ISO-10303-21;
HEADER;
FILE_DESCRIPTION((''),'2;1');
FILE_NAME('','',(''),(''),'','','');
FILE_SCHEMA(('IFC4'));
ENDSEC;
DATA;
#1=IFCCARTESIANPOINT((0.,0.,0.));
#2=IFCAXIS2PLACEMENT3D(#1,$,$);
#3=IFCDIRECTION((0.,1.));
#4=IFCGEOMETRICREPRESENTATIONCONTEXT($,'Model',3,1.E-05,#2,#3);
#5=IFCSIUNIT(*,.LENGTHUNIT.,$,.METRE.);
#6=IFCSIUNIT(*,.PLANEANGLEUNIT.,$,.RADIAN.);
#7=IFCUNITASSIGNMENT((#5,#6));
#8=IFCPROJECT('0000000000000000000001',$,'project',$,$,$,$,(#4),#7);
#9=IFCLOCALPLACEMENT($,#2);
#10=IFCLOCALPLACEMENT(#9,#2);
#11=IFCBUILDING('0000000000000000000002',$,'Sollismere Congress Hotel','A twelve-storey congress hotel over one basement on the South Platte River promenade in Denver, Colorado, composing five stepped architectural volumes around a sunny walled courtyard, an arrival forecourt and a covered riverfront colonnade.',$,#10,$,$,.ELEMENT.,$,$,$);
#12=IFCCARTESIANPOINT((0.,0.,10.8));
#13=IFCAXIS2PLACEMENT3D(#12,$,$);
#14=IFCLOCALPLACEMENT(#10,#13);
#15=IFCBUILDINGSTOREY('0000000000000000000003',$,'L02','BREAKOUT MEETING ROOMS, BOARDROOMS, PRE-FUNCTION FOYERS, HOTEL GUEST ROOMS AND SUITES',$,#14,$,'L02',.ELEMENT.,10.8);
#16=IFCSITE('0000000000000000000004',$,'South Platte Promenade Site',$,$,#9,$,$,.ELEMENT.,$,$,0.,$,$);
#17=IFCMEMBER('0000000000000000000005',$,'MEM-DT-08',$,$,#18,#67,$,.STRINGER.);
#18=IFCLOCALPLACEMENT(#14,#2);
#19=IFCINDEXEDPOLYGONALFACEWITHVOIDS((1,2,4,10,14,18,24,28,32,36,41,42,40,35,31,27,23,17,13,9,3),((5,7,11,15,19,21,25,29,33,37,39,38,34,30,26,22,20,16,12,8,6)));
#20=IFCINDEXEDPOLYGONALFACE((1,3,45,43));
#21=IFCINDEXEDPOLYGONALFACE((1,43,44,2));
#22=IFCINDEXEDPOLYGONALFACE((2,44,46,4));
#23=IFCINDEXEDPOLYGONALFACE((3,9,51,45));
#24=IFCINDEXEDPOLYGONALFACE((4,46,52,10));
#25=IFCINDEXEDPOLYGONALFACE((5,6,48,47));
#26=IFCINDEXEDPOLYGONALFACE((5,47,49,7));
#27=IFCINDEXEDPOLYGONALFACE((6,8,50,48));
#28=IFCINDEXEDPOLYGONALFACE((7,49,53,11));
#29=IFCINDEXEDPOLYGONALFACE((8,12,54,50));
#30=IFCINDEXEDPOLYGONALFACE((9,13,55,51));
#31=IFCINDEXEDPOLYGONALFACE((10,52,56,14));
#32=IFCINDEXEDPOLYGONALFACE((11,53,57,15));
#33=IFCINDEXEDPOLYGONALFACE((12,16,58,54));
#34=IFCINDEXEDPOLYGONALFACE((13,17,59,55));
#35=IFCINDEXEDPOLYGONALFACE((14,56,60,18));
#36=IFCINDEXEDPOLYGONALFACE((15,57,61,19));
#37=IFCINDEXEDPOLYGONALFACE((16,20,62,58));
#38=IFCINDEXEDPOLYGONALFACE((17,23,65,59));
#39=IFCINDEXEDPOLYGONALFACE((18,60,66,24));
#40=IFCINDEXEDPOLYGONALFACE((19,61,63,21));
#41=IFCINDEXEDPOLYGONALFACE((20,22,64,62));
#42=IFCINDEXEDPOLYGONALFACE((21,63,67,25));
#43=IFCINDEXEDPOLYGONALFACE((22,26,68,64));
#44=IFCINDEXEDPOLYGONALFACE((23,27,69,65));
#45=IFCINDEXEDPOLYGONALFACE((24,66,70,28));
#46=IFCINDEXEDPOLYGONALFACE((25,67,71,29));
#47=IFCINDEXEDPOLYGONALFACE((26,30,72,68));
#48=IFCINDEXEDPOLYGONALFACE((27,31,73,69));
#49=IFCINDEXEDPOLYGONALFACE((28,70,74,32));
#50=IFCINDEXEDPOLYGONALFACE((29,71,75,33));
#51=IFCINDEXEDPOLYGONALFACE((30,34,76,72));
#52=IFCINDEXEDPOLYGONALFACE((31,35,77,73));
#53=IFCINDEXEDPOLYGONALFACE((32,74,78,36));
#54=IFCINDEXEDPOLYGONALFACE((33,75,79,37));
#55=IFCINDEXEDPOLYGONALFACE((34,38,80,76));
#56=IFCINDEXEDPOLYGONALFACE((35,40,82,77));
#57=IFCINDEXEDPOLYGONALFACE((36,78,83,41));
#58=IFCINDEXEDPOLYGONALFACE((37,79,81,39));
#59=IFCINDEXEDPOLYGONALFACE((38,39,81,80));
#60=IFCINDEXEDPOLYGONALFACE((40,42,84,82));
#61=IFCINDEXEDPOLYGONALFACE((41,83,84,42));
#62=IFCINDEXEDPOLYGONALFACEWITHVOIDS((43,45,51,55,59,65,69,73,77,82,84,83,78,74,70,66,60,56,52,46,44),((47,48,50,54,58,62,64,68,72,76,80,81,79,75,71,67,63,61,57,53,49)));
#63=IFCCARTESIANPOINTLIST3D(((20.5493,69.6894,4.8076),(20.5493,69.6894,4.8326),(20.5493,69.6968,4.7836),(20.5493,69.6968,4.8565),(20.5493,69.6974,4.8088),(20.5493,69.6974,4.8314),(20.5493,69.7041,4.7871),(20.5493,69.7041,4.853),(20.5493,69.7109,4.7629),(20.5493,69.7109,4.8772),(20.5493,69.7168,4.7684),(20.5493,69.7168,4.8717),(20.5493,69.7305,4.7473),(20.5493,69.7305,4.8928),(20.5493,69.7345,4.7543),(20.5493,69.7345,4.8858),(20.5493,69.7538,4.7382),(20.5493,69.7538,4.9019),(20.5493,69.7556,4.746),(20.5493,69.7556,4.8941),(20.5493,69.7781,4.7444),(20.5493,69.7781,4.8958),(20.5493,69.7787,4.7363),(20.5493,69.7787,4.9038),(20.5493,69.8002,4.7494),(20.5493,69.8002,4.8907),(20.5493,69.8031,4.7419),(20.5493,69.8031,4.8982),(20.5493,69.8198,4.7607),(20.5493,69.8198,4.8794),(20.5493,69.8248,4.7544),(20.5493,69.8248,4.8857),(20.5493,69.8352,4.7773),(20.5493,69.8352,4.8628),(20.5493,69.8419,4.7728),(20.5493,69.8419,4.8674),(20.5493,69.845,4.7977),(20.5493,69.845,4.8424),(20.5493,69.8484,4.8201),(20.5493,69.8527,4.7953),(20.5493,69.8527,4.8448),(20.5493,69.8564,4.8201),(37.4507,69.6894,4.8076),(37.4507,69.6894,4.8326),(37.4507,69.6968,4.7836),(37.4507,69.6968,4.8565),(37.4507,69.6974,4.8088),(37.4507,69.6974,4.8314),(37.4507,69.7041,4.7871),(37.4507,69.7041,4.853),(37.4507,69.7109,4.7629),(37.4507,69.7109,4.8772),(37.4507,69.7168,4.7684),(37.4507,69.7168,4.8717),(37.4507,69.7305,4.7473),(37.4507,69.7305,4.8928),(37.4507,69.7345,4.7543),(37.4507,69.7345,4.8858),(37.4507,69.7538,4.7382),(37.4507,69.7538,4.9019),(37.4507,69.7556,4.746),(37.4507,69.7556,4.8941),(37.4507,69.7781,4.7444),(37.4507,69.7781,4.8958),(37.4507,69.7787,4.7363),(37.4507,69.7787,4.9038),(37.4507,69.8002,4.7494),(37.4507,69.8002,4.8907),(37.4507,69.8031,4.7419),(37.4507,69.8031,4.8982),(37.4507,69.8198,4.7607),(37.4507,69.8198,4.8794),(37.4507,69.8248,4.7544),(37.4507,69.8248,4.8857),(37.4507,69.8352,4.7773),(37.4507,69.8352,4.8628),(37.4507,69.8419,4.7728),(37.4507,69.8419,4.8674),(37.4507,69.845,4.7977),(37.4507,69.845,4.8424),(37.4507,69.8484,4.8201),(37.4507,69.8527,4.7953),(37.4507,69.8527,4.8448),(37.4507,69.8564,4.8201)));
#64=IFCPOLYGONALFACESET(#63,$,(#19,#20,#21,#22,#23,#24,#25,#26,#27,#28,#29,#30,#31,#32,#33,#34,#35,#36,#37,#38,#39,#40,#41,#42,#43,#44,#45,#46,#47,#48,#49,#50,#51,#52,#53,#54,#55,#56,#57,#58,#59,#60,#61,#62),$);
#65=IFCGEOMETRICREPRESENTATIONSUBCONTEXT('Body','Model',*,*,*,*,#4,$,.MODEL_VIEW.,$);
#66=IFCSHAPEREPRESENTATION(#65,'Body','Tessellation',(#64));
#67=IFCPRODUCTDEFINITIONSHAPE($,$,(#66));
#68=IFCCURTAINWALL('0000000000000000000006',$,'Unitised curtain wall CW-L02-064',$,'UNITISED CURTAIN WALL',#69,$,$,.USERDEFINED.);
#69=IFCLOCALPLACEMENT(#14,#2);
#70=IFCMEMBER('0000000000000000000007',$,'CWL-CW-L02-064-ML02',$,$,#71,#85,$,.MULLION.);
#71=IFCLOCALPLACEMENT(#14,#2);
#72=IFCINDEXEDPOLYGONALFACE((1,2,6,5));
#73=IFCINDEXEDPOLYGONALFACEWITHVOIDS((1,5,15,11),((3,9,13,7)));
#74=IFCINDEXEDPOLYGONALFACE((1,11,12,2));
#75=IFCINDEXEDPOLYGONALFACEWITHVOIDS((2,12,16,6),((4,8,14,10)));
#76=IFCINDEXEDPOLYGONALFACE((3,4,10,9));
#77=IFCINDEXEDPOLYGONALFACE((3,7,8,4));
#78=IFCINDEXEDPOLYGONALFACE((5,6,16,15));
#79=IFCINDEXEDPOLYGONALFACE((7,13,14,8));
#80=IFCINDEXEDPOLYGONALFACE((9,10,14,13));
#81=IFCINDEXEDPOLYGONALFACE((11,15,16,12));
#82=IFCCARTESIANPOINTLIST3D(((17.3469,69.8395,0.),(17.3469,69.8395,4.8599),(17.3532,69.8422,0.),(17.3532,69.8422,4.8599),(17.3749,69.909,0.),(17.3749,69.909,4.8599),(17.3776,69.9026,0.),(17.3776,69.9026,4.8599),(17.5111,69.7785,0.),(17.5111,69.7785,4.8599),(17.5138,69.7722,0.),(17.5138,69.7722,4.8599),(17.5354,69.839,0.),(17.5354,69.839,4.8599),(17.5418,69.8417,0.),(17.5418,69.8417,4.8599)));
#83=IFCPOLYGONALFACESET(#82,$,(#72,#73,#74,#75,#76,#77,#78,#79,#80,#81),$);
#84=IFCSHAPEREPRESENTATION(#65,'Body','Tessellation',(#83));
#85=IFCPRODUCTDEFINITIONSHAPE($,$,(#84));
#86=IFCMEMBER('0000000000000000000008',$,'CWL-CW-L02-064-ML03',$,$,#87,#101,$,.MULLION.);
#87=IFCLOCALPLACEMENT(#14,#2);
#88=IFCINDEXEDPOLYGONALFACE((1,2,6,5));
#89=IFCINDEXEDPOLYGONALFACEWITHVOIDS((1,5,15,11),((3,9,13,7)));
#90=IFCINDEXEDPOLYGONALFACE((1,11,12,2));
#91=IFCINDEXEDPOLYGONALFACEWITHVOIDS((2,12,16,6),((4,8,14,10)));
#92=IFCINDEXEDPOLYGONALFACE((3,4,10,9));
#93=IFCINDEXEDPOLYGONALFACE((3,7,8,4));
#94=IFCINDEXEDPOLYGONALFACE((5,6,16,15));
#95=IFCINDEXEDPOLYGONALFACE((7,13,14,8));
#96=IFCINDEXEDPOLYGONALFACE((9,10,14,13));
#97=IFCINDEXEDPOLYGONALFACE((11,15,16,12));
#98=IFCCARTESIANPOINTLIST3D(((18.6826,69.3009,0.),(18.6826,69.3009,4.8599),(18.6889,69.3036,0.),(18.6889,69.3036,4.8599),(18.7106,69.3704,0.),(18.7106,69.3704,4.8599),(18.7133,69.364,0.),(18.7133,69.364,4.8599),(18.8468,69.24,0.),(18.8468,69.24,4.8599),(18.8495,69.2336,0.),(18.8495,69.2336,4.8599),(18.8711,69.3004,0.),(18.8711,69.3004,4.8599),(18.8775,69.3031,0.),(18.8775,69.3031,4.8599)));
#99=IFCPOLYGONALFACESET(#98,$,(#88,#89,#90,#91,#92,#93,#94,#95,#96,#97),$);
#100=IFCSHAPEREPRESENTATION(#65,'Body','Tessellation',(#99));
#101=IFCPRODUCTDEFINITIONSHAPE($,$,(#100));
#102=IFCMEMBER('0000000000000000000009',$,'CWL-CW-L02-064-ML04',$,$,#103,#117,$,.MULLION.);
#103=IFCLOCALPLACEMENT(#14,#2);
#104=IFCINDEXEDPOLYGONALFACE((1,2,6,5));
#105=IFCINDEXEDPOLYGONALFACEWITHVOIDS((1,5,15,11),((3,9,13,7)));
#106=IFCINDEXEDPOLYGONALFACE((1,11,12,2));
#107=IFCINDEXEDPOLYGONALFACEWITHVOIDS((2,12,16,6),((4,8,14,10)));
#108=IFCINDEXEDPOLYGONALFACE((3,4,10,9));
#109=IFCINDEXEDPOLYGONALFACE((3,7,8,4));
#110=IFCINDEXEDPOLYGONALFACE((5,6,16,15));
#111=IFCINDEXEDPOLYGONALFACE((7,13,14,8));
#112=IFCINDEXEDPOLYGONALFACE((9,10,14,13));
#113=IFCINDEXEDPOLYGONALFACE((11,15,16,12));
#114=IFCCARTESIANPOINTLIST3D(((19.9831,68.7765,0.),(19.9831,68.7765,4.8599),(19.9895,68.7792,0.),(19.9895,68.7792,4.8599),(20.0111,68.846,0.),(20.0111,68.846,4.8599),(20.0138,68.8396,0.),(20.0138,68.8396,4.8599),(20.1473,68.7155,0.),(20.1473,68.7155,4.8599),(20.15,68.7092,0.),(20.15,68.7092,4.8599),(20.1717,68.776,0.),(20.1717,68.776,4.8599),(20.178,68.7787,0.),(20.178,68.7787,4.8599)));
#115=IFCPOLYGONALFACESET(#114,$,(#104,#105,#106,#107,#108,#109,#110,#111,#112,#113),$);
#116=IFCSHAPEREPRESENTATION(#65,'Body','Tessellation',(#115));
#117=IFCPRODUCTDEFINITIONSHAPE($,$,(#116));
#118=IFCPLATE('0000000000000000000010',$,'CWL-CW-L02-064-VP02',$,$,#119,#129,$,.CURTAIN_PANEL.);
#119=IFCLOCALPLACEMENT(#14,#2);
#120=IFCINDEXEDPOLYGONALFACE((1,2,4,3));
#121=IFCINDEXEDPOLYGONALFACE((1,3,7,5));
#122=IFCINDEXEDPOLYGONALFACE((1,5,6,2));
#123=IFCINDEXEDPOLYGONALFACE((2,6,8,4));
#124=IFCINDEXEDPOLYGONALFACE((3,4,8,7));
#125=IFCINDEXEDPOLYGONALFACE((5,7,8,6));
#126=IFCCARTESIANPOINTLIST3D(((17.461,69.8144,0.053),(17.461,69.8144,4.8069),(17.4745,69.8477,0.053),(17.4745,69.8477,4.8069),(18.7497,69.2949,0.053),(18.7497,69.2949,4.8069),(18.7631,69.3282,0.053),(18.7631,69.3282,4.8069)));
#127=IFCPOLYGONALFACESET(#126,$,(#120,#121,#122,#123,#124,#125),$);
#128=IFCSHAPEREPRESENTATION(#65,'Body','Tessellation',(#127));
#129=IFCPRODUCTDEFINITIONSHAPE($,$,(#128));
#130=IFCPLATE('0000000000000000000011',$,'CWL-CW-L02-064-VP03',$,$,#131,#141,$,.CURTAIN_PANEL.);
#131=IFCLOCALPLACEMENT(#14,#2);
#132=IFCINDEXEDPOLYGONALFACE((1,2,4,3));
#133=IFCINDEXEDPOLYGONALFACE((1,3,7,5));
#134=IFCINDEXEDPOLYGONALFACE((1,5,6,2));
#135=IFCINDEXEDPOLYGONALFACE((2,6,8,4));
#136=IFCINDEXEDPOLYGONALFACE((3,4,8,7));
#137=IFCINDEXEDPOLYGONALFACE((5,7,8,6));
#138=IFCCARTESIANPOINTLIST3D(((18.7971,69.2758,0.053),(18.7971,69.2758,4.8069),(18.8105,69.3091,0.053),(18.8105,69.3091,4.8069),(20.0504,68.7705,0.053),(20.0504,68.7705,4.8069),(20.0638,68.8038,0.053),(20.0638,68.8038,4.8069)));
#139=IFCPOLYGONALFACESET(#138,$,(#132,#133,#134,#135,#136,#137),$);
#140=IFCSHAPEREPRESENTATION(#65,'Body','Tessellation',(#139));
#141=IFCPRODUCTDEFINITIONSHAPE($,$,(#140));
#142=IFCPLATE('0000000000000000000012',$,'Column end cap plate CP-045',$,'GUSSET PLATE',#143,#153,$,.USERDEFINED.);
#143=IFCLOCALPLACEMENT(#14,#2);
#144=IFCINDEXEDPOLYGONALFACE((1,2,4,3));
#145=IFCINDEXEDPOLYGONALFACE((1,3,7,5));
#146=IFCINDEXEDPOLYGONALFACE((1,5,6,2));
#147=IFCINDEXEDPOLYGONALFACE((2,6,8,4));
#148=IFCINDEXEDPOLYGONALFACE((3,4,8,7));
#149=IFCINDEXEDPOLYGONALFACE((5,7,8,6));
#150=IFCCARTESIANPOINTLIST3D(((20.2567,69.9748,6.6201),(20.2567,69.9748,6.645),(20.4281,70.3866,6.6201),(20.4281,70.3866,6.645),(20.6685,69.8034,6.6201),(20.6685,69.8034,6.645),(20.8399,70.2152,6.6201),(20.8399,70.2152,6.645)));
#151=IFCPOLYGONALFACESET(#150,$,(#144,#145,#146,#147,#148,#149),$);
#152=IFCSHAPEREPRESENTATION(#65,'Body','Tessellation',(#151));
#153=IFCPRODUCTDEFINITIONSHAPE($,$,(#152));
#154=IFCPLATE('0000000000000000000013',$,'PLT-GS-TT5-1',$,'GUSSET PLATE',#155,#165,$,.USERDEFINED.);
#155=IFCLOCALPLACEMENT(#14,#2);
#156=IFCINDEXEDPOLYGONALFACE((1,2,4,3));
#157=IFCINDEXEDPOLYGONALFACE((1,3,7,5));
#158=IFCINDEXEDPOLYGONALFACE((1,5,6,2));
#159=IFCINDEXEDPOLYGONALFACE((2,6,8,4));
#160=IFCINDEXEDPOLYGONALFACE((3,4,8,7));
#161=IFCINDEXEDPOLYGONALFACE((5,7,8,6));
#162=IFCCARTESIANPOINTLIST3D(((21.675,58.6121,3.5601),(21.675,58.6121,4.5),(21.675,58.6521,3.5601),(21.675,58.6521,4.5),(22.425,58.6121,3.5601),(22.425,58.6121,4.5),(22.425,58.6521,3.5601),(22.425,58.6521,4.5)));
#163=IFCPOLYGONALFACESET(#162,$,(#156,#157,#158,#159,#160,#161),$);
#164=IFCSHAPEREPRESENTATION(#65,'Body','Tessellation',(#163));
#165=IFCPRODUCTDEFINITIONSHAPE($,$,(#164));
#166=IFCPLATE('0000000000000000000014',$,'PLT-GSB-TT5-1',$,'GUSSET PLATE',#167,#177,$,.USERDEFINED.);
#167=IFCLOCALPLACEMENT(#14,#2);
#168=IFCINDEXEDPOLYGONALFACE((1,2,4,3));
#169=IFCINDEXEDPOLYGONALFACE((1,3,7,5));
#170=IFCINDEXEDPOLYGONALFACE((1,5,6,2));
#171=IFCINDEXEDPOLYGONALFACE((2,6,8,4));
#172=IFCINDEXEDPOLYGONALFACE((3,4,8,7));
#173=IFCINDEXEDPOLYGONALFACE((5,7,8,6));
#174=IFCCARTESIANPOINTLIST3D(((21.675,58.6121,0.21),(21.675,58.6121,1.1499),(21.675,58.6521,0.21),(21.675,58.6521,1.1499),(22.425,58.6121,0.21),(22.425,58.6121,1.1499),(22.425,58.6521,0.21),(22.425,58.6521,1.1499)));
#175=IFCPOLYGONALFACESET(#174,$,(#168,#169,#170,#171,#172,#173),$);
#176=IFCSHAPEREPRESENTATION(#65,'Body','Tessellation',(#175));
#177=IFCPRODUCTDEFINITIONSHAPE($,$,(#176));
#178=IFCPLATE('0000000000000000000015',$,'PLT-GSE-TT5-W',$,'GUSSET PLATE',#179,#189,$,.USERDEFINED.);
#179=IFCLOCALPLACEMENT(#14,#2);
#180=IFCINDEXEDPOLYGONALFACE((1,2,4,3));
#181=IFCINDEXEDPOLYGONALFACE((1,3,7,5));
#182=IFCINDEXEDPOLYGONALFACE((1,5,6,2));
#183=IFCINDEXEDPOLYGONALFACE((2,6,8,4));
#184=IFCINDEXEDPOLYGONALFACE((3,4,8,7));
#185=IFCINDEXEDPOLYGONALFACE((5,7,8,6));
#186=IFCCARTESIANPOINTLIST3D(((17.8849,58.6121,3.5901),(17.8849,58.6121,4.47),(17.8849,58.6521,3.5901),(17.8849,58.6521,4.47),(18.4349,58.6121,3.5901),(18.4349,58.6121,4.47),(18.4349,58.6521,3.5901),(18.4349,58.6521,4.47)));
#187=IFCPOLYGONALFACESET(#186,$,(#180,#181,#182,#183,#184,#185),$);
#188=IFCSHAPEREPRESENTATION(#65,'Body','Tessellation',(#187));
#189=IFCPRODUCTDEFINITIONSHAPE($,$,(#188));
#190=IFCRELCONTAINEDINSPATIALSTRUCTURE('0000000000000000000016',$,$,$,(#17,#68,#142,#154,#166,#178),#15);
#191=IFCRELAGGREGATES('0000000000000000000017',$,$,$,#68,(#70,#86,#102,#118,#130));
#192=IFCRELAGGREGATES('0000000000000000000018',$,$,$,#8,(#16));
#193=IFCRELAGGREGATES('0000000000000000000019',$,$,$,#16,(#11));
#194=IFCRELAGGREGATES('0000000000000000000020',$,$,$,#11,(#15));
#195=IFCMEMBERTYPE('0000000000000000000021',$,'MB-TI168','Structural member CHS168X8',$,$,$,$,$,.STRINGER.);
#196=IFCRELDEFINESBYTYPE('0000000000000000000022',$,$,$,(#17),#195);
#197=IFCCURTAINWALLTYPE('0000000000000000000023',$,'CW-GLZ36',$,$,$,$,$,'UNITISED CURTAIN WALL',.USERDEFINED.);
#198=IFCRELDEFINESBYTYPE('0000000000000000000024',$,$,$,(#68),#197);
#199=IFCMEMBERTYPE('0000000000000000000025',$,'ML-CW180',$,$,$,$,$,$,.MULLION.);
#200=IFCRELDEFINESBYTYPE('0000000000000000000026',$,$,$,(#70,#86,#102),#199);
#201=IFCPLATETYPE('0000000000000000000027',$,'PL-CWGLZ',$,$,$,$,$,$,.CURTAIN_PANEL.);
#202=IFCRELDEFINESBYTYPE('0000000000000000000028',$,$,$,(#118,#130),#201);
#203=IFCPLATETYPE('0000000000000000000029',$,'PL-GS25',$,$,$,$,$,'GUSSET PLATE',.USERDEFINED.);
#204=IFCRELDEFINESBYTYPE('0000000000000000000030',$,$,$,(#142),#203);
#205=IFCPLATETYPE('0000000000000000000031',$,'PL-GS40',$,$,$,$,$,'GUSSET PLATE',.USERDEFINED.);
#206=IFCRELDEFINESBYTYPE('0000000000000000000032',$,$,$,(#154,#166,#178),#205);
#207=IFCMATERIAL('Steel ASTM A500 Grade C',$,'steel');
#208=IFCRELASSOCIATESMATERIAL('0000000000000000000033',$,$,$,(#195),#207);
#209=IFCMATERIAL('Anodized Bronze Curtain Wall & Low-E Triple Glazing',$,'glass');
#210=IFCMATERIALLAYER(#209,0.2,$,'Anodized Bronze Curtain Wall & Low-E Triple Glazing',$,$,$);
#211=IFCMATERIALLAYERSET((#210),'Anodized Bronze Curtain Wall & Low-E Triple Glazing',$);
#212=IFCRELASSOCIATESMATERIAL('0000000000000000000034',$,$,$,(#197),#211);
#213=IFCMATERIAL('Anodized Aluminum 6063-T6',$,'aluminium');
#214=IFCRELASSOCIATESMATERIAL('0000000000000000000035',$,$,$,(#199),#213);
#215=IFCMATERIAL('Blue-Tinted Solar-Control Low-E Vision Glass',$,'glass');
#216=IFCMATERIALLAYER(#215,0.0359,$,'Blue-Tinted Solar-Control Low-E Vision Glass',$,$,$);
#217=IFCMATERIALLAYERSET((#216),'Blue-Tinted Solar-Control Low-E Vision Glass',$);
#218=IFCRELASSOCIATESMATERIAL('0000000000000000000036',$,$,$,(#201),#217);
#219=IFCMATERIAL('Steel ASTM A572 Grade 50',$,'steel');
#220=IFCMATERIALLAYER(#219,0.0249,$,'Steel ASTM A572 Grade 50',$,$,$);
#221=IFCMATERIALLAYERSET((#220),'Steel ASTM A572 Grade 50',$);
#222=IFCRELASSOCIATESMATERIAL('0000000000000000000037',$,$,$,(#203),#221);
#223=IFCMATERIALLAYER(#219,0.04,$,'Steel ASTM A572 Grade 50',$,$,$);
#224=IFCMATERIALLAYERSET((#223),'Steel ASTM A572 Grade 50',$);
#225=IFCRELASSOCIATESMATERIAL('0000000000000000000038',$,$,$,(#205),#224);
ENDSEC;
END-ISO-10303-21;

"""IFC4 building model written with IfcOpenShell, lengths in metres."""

from ifc_helpers import new_model, si_unit, direction, frame, origin, origin_2d, place, context, subcontext, project, spatial, rectangle, hollow_rectangle, hollow_circle, extrude, material, layer, layer_set, material_profile, profile_set, type_object, element, aggregate, save


model = new_model("IFC4")

# Units and contexts
model_context = context("Model", 3, precision=1e-05, world=origin(), true_north=direction((0.0, 1.0)))
body_context = subcontext(model_context, "Body", "Model", "MODEL_VIEW")
ifc_project = project(units=[si_unit("LENGTHUNIT", "METRE"), si_unit("PLANEANGLEUNIT", "RADIAN")], contexts=[model_context])

# Site, building, storey
site_placement = place(None, origin())
site = spatial("IfcSite", under=ifc_project, at=site_placement, Name="South Platte Promenade Site", CompositionType="ELEMENT", RefElevation=0.0)
building_placement = place(site_placement, origin())
building = spatial("IfcBuilding", under=site, at=building_placement, Name="Sollismere Congress Hotel", Description="A twelve-storey congress hotel over one basement on the South Platte River promenade in Denver, Colorado, composing five stepped architectural volumes around a sunny walled courtyard, an arrival forecourt and a covered riverfront colonnade.", CompositionType="ELEMENT")
storey_placement = place(building_placement, frame((0.0, 0.0, 10.8)))
storey = spatial("IfcBuildingStorey", under=building, at=storey_placement, Name="L02", Description="BREAKOUT MEETING ROOMS, BOARDROOMS, PRE-FUNCTION FOYERS, HOTEL GUEST ROOMS AND SUITES", LongName="L02", CompositionType="ELEMENT", Elevation=10.8)

# Shared definitions
ifc_material_1 = material(Name="Steel ASTM A500 Grade C", Category="steel")

# Member
ifc_material_profile_1 = material_profile(ifc_material_1, hollow_circle(Radius=0.084, WallThickness=0.0081, at=origin_2d()), Name="CHS168X8")
ifc_profile_set_1 = profile_set([ifc_material_profile_1], Name="Steel ASTM A500 Grade C")
member_type_1 = type_object("IfcMemberType", Name="MB-TI168", Description="Structural member CHS168X8", PredefinedType="STRINGER", material=ifc_profile_set_1)
member_1_placement = place(storey_placement, frame((20.5493, 69.7725, 4.8201), z_axis=(1.0, 0.0, 0.0), x_axis=(0.0, 1.0, 0.0)))
element("IfcMember", 1, at=member_1_placement, inside=storey, type_object=member_type_1, Name="MEM-DT-08", PredefinedType="STRINGER", context=body_context, shape_type="SweptSolid", body=[
    extrude(hollow_circle(Radius=0.084, WallThickness=0.0081, at=origin_2d()), origin(), (0.0, 0.0, 1.0), 16.9014),
])

# Curtain wall, members, plates
ifc_material_2 = material(Name="Anodized Bronze Curtain Wall & Low-E Triple Glazing", Category="glass")
ifc_layer_1 = layer(ifc_material_2, 0.2, Name="Anodized Bronze Curtain Wall & Low-E Triple Glazing")
ifc_layer_set_1 = layer_set([ifc_layer_1], Name="Anodized Bronze Curtain Wall & Low-E Triple Glazing")
curtain_wall_type = type_object("IfcCurtainWallType", Name="CW-GLZ36", ElementType="UNITISED CURTAIN WALL", PredefinedType="USERDEFINED", material=ifc_layer_set_1)
curtain_wall_placement = place(storey_placement, origin())
curtain_wall = element("IfcCurtainWall", 2, at=curtain_wall_placement, inside=storey, type_object=curtain_wall_type, Name="Unitised curtain wall CW-L02-064", ObjectType="UNITISED CURTAIN WALL", PredefinedType="USERDEFINED")
ifc_material_3 = material(Name="Anodized Aluminum 6063-T6", Category="aluminium")
ifc_material_profile_2 = material_profile(ifc_material_3, hollow_rectangle(XDim=0.075, YDim=0.1799, WallThickness=0.0049, at=origin_2d()), Name="ALU180X75X5")
ifc_profile_set_2 = profile_set([ifc_material_profile_2], Name="Anodized Aluminum 6063-T6")
member_type_2 = type_object("IfcMemberType", Name="ML-CW180", PredefinedType="MULLION", material=ifc_profile_set_2)
member_2_placement = place(storey_placement, frame((17.4443, 69.8406, 0.0), z_axis=(0.0, 0.0, 1.0), x_axis=(0.373943, 0.927452, 0.0)))
member_2 = element("IfcMember", 3, at=member_2_placement, type_object=member_type_2, Name="CWL-CW-L02-064-ML02", PredefinedType="MULLION", context=body_context, shape_type="SweptSolid", body=[
    extrude(hollow_rectangle(XDim=0.075, YDim=0.1799, WallThickness=0.0049, at=origin_2d()), origin(), (0.0, 0.0, 1.0), 4.8599),
])
member_3_placement = place(storey_placement, frame((18.78, 69.302, 0.0), z_axis=(0.0, 0.0, 1.0), x_axis=(0.373943, 0.927452, 0.0)))
member_3 = element("IfcMember", 4, at=member_3_placement, type_object=member_type_2, Name="CWL-CW-L02-064-ML03", PredefinedType="MULLION", context=body_context, shape_type="SweptSolid", body=[
    extrude(hollow_rectangle(XDim=0.075, YDim=0.1799, WallThickness=0.0049, at=origin_2d()), origin(), (0.0, 0.0, 1.0), 4.8599),
])
member_4_placement = place(storey_placement, frame((20.0806, 68.7776, 0.0), z_axis=(0.0, 0.0, 1.0), x_axis=(0.373943, 0.927452, 0.0)))
member_4 = element("IfcMember", 5, at=member_4_placement, type_object=member_type_2, Name="CWL-CW-L02-064-ML04", PredefinedType="MULLION", context=body_context, shape_type="SweptSolid", body=[
    extrude(hollow_rectangle(XDim=0.075, YDim=0.1799, WallThickness=0.0049, at=origin_2d()), origin(), (0.0, 0.0, 1.0), 4.8599),
])
ifc_material_4 = material(Name="Blue-Tinted Solar-Control Low-E Vision Glass", Category="glass")
ifc_layer_2 = layer(ifc_material_4, 0.0359, Name="Blue-Tinted Solar-Control Low-E Vision Glass")
ifc_layer_set_2 = layer_set([ifc_layer_2], Name="Blue-Tinted Solar-Control Low-E Vision Glass")
plate_type_1 = type_object("IfcPlateType", Name="PL-CWGLZ", PredefinedType="CURTAIN_PANEL", material=ifc_layer_set_2)
plate_1_placement = place(storey_placement, frame((18.1121, 69.5713, 0.053), z_axis=(0.0, 0.0, 1.0), x_axis=(0.927452, -0.373943, 0.0)))
plate_1 = element("IfcPlate", 6, at=plate_1_placement, type_object=plate_type_1, Name="CWL-CW-L02-064-VP02", PredefinedType="CURTAIN_PANEL", context=body_context, shape_type="SweptSolid", body=[
    extrude(rectangle(XDim=1.3894, YDim=0.0359, at=origin_2d()), origin(), (0.0, 0.0, 1.0), 4.7539),
])
plate_2_placement = place(storey_placement, frame((19.4304, 69.0398, 0.053), z_axis=(0.0, 0.0, 1.0), x_axis=(0.927452, -0.373943, 0.0)))
plate_2 = element("IfcPlate", 7, at=plate_2_placement, type_object=plate_type_1, Name="CWL-CW-L02-064-VP03", PredefinedType="CURTAIN_PANEL", context=body_context, shape_type="SweptSolid", body=[
    extrude(rectangle(XDim=1.3513, YDim=0.0359, at=origin_2d()), origin(), (0.0, 0.0, 1.0), 4.7539),
])
aggregate(curtain_wall, [member_2, member_3, member_4, plate_1, plate_2])

# Plates
ifc_material_5 = material(Name="Steel ASTM A572 Grade 50", Category="steel")
ifc_layer_3 = layer(ifc_material_5, 0.0249, Name="Steel ASTM A572 Grade 50")
ifc_layer_set_3 = layer_set([ifc_layer_3], Name="Steel ASTM A572 Grade 50")
plate_type_2 = type_object("IfcPlateType", Name="PL-GS25", ElementType="GUSSET PLATE", PredefinedType="USERDEFINED", material=ifc_layer_set_3)
plate_3_placement = place(storey_placement, frame((20.5483, 70.095, 6.6201), z_axis=(0.0, 0.0, 1.0), x_axis=(-0.384295, -0.92321, 0.0)))
element("IfcPlate", 8, at=plate_3_placement, inside=storey, type_object=plate_type_2, Name="Column end cap plate CP-045", ObjectType="GUSSET PLATE", PredefinedType="USERDEFINED", context=body_context, shape_type="SweptSolid", body=[
    extrude(rectangle(XDim=0.446, YDim=0.446, at=origin_2d()), origin(), (0.0, 0.0, 1.0), 0.0249),
])
ifc_layer_4 = layer(ifc_material_5, 0.04, Name="Steel ASTM A572 Grade 50")
ifc_layer_set_4 = layer_set([ifc_layer_4], Name="Steel ASTM A572 Grade 50")
plate_type_3 = type_object("IfcPlateType", Name="PL-GS40", ElementType="GUSSET PLATE", PredefinedType="USERDEFINED", material=ifc_layer_set_4)
for number, where, z_axis, x_axis, name in (
    (9, (22.05, 58.6321, 3.5601), (0.0, 0.0, 1.0), (1.0, 0.0, 0.0), "PLT-GS-TT5-1"),
    (10, (22.05, 58.6321, 0.21), (0.0, 0.0, 1.0), (1.0, 0.0, 0.0), "PLT-GSB-TT5-1"),
):
    element("IfcPlate", number, at=place(storey_placement, frame(where, z_axis=z_axis, x_axis=x_axis)), inside=storey, type_object=plate_type_3, Name=name, ObjectType="GUSSET PLATE", PredefinedType="USERDEFINED", context=body_context, shape_type="SweptSolid", body=[
        extrude(rectangle(XDim=0.75, YDim=0.04, at=origin_2d()), origin(), (0.0, 0.0, 1.0), 0.9399),
    ])
plate_4_placement = place(storey_placement, frame((18.1599, 58.6321, 3.5901), z_axis=(0.0, 0.0, 1.0), x_axis=(1.0, 0.0, 0.0)))
element("IfcPlate", 11, at=plate_4_placement, inside=storey, type_object=plate_type_3, Name="PLT-GSE-TT5-W", ObjectType="GUSSET PLATE", PredefinedType="USERDEFINED", context=body_context, shape_type="SweptSolid", body=[
    extrude(rectangle(XDim=0.55, YDim=0.04, at=origin_2d()), origin(), (0.0, 0.0, 1.0), 0.8799),
])

save(model, "model.ifc")
